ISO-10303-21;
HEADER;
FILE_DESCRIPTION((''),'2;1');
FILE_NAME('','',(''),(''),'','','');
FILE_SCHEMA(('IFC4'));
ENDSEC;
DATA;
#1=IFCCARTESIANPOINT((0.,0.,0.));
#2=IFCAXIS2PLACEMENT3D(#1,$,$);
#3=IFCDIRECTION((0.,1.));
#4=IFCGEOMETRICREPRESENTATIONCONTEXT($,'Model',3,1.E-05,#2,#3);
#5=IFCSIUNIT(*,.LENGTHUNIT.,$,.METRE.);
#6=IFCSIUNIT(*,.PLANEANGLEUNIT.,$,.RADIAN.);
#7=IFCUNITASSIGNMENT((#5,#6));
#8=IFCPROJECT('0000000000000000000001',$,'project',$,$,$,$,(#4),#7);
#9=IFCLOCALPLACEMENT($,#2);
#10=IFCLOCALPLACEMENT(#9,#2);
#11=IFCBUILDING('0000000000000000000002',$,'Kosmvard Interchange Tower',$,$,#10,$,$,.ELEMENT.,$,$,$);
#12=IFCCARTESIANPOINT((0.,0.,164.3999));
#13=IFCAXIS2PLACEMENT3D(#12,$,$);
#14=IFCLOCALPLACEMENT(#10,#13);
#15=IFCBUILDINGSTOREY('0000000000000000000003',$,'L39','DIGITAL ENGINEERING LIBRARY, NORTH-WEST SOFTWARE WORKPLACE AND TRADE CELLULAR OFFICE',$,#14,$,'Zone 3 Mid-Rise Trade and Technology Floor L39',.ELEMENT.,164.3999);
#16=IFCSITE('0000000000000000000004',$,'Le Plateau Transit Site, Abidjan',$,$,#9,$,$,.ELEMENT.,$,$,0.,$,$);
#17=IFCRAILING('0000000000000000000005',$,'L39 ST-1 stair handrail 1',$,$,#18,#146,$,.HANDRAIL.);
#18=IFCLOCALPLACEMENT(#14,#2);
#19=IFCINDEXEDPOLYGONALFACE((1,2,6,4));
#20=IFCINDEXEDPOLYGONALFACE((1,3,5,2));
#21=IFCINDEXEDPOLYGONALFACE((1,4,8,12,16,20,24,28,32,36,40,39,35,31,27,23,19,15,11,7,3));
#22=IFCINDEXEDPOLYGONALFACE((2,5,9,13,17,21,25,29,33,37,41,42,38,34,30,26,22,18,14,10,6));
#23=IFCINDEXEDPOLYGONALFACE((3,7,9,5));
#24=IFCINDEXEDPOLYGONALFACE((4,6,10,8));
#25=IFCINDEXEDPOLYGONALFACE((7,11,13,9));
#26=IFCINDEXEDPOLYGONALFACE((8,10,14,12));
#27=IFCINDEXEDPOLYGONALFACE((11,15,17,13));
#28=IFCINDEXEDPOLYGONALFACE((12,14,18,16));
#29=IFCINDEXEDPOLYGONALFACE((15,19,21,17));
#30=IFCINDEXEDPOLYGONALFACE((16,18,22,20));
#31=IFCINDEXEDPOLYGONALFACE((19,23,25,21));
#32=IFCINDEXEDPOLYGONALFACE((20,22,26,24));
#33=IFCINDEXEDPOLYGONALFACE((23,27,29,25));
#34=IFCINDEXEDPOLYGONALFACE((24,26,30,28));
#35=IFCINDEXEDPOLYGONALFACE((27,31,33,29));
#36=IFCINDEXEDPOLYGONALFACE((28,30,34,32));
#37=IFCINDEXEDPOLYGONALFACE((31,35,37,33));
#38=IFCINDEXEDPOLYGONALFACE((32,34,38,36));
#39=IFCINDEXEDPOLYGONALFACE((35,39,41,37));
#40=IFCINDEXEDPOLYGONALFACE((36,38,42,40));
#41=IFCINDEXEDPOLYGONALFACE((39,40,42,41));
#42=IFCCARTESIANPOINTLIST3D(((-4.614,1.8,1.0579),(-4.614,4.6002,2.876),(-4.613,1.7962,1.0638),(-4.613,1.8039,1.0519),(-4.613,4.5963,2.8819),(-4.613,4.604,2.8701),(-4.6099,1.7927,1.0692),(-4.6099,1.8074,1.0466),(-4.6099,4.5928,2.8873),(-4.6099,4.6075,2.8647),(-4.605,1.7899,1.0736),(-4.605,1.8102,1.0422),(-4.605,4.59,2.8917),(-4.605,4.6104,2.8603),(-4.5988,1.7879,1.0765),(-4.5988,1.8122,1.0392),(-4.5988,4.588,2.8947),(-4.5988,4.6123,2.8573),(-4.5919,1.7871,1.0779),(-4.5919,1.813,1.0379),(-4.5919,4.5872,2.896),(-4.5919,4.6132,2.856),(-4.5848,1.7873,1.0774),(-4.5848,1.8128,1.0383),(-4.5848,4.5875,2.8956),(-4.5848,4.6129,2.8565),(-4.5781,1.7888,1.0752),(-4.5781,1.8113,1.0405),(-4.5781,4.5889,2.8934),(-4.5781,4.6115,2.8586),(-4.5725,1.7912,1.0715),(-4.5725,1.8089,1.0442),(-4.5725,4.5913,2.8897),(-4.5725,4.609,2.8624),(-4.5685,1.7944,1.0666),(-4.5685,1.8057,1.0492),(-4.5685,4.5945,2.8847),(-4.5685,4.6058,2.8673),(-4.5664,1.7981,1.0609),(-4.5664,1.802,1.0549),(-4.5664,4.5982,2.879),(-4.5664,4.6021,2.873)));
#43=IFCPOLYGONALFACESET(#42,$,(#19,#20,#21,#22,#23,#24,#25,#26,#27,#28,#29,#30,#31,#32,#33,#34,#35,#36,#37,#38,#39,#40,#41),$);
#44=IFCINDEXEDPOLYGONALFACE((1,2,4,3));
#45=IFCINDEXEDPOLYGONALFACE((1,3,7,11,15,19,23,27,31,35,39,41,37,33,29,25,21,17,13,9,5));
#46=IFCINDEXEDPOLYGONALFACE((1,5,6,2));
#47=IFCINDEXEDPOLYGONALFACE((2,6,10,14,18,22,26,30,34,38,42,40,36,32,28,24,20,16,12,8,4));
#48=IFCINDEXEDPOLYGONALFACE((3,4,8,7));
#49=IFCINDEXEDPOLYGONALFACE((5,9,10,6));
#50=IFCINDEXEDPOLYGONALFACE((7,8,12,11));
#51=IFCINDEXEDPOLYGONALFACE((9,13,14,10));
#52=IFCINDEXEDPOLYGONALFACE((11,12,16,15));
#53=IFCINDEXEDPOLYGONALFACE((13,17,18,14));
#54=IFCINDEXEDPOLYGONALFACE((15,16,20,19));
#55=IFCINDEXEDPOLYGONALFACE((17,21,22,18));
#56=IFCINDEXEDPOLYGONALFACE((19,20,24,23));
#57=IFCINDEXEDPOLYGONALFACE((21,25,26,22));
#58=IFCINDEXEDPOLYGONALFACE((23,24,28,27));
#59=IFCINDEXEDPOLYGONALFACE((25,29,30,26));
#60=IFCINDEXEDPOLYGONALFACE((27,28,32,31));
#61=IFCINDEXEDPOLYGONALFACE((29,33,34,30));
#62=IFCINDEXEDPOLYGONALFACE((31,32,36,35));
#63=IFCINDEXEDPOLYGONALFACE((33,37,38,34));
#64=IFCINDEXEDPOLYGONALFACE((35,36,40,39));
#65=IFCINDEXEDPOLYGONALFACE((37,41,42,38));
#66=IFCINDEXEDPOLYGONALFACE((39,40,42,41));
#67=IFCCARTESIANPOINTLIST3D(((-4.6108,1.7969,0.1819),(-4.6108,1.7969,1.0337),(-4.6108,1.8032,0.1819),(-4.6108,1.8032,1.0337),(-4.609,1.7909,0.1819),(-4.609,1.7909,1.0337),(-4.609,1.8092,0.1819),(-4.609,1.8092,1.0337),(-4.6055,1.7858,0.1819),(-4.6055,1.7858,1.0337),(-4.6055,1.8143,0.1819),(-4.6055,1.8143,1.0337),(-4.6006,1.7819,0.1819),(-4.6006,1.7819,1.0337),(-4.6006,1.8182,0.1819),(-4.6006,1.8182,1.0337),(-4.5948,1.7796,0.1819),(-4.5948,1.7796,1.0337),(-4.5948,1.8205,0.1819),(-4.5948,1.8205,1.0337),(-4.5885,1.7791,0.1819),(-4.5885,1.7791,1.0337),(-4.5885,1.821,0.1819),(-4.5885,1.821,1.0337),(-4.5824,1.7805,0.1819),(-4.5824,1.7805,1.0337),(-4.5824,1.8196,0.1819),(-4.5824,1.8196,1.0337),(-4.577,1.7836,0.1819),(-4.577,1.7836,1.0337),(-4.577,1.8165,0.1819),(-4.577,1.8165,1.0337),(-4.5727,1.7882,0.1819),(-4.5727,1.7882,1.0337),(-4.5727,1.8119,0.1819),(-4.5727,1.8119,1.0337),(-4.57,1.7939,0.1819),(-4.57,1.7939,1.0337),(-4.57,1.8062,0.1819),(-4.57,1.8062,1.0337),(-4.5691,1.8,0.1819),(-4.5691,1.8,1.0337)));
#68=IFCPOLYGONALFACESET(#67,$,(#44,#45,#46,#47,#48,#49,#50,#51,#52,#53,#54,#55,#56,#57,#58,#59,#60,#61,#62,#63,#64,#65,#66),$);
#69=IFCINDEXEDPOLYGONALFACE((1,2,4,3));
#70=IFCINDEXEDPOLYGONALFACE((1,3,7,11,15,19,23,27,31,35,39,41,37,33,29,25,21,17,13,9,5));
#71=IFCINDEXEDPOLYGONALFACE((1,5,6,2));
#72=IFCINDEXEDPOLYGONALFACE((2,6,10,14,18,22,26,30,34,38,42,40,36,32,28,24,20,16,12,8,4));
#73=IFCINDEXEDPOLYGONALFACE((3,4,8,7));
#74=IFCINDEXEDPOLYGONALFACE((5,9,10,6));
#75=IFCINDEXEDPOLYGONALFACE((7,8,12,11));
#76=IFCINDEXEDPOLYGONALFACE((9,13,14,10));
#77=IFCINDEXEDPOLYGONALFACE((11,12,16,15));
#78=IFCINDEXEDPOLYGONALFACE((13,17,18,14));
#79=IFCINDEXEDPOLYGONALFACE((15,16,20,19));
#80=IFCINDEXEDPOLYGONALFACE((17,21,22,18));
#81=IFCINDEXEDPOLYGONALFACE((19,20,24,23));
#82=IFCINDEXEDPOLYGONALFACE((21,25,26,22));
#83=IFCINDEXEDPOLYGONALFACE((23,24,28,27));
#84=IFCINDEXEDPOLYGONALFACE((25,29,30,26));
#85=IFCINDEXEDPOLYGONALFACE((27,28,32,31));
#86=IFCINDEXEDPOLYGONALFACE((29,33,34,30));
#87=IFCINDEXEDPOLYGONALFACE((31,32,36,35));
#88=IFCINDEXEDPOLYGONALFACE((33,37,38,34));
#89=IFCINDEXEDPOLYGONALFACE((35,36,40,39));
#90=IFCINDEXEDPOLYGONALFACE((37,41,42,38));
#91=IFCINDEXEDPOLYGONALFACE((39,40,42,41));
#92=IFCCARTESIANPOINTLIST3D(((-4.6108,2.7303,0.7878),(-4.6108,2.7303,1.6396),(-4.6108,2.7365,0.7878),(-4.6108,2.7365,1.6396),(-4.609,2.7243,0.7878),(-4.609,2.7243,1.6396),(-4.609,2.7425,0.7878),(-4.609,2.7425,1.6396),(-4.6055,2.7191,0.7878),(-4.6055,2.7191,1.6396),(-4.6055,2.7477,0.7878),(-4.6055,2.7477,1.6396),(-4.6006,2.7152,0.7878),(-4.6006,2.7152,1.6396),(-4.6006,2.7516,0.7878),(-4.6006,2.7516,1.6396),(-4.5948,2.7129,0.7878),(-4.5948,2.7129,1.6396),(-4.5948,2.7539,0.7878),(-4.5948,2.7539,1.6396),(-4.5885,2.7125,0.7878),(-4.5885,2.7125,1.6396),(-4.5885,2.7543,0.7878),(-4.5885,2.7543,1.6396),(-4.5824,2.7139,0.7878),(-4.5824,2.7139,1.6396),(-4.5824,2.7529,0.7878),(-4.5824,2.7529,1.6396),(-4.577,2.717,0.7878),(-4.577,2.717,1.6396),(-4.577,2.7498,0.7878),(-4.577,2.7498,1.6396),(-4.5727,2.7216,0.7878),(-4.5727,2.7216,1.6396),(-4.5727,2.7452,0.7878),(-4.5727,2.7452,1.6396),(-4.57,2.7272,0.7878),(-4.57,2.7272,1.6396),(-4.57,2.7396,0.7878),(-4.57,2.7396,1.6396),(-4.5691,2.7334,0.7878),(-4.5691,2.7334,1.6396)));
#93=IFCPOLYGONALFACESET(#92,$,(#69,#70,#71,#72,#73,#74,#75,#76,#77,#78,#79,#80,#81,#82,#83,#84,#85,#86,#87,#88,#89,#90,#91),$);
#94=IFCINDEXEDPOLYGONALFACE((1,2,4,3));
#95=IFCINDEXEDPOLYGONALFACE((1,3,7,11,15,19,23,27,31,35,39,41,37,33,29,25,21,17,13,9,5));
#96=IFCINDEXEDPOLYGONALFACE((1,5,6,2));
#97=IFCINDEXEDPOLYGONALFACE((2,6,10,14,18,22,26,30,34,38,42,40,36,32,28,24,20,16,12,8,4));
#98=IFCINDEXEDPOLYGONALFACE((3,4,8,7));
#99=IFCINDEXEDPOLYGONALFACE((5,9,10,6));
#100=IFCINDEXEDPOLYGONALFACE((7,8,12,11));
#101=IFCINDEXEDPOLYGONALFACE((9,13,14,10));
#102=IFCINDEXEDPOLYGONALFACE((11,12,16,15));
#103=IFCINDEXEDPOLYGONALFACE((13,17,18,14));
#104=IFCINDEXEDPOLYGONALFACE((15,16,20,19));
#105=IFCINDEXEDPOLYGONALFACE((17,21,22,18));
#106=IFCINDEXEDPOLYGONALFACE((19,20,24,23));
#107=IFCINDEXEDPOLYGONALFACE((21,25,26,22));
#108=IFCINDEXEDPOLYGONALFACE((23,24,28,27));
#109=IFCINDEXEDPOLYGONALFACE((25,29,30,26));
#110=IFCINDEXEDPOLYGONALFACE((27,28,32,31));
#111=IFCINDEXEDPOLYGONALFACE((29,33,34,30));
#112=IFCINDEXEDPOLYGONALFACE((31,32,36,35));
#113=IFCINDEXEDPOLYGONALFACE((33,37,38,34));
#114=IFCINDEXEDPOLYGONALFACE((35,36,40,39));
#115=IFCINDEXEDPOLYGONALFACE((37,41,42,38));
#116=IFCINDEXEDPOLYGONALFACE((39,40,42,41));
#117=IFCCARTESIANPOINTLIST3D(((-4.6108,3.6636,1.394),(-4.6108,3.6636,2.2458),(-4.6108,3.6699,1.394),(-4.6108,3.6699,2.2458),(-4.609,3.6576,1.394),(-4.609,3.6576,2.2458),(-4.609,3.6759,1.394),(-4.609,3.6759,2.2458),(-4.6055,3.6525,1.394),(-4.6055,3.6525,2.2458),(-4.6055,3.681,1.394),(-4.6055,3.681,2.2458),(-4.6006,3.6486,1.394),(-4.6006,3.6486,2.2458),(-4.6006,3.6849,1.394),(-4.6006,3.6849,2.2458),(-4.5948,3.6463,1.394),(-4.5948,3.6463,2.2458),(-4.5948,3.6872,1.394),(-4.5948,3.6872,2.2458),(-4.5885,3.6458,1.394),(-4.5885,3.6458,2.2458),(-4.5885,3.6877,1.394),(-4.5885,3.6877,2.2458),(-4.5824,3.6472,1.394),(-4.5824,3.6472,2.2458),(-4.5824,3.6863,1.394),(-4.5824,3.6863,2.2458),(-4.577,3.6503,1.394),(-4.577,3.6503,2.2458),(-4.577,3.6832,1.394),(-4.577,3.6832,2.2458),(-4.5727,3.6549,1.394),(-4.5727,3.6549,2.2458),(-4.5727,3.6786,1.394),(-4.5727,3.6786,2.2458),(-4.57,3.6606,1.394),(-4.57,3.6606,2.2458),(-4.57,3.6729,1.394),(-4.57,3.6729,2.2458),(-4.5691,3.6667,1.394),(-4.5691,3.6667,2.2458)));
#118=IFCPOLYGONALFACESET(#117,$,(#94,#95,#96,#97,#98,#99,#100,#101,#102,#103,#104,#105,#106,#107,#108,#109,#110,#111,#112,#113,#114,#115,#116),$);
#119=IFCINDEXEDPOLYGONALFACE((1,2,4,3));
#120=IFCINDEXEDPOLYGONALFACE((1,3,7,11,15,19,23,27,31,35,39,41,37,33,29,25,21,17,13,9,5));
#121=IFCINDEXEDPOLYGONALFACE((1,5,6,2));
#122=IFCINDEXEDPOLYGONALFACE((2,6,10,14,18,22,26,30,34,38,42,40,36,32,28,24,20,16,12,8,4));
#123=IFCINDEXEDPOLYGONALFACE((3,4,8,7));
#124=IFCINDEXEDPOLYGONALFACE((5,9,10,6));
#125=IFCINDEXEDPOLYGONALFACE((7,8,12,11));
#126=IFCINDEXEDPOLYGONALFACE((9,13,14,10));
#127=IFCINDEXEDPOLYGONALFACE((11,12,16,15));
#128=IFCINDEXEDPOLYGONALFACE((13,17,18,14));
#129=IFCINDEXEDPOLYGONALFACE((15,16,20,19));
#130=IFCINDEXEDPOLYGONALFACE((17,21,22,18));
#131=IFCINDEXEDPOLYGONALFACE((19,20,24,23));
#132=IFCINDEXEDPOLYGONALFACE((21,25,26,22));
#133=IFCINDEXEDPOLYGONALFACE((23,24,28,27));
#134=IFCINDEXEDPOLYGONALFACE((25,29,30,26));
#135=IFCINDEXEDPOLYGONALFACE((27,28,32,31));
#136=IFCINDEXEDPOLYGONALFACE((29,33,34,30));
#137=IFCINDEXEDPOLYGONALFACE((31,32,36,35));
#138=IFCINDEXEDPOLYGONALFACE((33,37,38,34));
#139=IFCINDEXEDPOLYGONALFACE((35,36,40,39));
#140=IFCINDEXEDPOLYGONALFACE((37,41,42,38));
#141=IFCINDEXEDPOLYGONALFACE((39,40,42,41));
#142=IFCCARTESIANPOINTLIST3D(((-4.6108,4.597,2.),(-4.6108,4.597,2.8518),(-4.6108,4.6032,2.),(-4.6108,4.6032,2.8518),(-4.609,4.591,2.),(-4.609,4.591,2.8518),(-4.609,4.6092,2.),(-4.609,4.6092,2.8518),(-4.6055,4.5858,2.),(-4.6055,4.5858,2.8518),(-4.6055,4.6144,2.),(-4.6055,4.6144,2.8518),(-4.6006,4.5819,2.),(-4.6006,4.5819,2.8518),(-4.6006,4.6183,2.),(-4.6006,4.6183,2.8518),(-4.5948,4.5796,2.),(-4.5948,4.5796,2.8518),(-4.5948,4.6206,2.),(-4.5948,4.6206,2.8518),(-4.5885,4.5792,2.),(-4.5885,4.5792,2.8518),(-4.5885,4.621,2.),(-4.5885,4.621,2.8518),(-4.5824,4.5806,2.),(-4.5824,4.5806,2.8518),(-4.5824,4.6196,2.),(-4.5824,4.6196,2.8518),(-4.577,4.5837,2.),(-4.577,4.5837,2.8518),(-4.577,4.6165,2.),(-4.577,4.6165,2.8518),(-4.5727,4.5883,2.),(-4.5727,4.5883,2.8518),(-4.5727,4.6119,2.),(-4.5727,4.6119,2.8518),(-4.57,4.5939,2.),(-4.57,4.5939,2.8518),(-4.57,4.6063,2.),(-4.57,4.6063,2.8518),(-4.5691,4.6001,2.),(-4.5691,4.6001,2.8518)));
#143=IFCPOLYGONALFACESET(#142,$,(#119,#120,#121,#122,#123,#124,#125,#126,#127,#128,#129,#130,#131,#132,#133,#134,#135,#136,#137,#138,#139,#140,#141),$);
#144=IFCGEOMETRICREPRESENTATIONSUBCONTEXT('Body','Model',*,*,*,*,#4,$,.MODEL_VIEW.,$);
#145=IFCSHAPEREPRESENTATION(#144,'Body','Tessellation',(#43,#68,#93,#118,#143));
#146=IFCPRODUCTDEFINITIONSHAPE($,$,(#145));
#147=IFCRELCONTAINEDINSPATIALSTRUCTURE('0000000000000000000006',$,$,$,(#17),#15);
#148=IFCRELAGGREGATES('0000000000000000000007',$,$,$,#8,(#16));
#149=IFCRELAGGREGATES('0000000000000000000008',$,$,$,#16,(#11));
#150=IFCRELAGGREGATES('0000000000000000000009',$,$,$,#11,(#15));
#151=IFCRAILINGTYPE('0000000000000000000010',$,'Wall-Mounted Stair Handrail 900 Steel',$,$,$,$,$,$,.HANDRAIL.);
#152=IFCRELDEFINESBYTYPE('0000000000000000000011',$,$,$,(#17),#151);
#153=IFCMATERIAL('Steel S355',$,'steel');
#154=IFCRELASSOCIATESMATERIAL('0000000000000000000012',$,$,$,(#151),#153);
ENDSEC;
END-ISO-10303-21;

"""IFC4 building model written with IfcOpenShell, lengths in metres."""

from ifc_helpers import new_model, si_unit, direction, frame, origin, origin_2d, place, context, subcontext, project, spatial, circle, extrude, source, transform, mapped, material, type_object, element, save


model = new_model("IFC4")

# Units and contexts
model_context = context("Model", 3, precision=1e-05, world=origin(), true_north=direction((0.0, 1.0)))
body_context = subcontext(model_context, "Body", "Model", "MODEL_VIEW")
ifc_project = project(units=[si_unit("LENGTHUNIT", "METRE"), si_unit("PLANEANGLEUNIT", "RADIAN")], contexts=[model_context])

# Site, building, storey
site_placement = place(None, origin())
site = spatial("IfcSite", under=ifc_project, at=site_placement, Name="Le Plateau Transit Site, Abidjan", CompositionType="ELEMENT", RefElevation=0.0)
building_placement = place(site_placement, origin())
building = spatial("IfcBuilding", under=site, at=building_placement, Name="Kosmvard Interchange Tower", CompositionType="ELEMENT")
storey_placement = place(building_placement, frame((0.0, 0.0, 164.3999)))
storey = spatial("IfcBuildingStorey", under=building, at=storey_placement, Name="L39", Description="DIGITAL ENGINEERING LIBRARY, NORTH-WEST SOFTWARE WORKPLACE AND TRADE CELLULAR OFFICE", LongName="Zone 3 Mid-Rise Trade and Technology Floor L39", CompositionType="ELEMENT", Elevation=164.3999)

# Shared definitions
ifc_material_1 = material(Name="Steel S355", Category="steel")

# Railing
railing_type_1 = type_object("IfcRailingType", Name="Wall-Mounted Stair Handrail 900 Steel", PredefinedType="HANDRAIL", material=ifc_material_1)
shared_shape_1 = source(origin(), body_context, "Body", "SweptSolid", [
    extrude(circle(Radius=0.0239, at=origin_2d()), frame((0.0, 0.0, 0.876), z_axis=(0.0, 0.838706, 0.544585), x_axis=(-1.0, 0.0, 0.0)), (0.0, 0.0, 1.0), 3.3386),
    extrude(circle(Radius=0.021, at=origin_2d()), origin(), (0.0, 0.0, 1.0), 0.8518),
    extrude(circle(Radius=0.021, at=origin_2d()), frame((0.0, 0.9333, 0.606)), (0.0, 0.0, 1.0), 0.8518),
    extrude(circle(Radius=0.021, at=origin_2d()), frame((0.0, 1.8667, 1.2122)), (0.0, 0.0, 1.0), 0.8518),
    extrude(circle(Radius=0.021, at=origin_2d()), frame((0.0, 2.8, 1.8181)), (0.0, 0.0, 1.0), 0.8518),
])
railing_1_placement = place(storey_placement, frame((-4.5901, 1.8, 0.1819)))
element("IfcRailing", 1, at=railing_1_placement, inside=storey, type_object=railing_type_1, Name="L39 ST-1 stair handrail 1", PredefinedType="HANDRAIL", context=body_context, shape_type="MappedRepresentation", body=[
    mapped(shared_shape_1, transform((0.0, 0.0, 0.0), scale=1.0)),
])

save(model, "model.ifc")
